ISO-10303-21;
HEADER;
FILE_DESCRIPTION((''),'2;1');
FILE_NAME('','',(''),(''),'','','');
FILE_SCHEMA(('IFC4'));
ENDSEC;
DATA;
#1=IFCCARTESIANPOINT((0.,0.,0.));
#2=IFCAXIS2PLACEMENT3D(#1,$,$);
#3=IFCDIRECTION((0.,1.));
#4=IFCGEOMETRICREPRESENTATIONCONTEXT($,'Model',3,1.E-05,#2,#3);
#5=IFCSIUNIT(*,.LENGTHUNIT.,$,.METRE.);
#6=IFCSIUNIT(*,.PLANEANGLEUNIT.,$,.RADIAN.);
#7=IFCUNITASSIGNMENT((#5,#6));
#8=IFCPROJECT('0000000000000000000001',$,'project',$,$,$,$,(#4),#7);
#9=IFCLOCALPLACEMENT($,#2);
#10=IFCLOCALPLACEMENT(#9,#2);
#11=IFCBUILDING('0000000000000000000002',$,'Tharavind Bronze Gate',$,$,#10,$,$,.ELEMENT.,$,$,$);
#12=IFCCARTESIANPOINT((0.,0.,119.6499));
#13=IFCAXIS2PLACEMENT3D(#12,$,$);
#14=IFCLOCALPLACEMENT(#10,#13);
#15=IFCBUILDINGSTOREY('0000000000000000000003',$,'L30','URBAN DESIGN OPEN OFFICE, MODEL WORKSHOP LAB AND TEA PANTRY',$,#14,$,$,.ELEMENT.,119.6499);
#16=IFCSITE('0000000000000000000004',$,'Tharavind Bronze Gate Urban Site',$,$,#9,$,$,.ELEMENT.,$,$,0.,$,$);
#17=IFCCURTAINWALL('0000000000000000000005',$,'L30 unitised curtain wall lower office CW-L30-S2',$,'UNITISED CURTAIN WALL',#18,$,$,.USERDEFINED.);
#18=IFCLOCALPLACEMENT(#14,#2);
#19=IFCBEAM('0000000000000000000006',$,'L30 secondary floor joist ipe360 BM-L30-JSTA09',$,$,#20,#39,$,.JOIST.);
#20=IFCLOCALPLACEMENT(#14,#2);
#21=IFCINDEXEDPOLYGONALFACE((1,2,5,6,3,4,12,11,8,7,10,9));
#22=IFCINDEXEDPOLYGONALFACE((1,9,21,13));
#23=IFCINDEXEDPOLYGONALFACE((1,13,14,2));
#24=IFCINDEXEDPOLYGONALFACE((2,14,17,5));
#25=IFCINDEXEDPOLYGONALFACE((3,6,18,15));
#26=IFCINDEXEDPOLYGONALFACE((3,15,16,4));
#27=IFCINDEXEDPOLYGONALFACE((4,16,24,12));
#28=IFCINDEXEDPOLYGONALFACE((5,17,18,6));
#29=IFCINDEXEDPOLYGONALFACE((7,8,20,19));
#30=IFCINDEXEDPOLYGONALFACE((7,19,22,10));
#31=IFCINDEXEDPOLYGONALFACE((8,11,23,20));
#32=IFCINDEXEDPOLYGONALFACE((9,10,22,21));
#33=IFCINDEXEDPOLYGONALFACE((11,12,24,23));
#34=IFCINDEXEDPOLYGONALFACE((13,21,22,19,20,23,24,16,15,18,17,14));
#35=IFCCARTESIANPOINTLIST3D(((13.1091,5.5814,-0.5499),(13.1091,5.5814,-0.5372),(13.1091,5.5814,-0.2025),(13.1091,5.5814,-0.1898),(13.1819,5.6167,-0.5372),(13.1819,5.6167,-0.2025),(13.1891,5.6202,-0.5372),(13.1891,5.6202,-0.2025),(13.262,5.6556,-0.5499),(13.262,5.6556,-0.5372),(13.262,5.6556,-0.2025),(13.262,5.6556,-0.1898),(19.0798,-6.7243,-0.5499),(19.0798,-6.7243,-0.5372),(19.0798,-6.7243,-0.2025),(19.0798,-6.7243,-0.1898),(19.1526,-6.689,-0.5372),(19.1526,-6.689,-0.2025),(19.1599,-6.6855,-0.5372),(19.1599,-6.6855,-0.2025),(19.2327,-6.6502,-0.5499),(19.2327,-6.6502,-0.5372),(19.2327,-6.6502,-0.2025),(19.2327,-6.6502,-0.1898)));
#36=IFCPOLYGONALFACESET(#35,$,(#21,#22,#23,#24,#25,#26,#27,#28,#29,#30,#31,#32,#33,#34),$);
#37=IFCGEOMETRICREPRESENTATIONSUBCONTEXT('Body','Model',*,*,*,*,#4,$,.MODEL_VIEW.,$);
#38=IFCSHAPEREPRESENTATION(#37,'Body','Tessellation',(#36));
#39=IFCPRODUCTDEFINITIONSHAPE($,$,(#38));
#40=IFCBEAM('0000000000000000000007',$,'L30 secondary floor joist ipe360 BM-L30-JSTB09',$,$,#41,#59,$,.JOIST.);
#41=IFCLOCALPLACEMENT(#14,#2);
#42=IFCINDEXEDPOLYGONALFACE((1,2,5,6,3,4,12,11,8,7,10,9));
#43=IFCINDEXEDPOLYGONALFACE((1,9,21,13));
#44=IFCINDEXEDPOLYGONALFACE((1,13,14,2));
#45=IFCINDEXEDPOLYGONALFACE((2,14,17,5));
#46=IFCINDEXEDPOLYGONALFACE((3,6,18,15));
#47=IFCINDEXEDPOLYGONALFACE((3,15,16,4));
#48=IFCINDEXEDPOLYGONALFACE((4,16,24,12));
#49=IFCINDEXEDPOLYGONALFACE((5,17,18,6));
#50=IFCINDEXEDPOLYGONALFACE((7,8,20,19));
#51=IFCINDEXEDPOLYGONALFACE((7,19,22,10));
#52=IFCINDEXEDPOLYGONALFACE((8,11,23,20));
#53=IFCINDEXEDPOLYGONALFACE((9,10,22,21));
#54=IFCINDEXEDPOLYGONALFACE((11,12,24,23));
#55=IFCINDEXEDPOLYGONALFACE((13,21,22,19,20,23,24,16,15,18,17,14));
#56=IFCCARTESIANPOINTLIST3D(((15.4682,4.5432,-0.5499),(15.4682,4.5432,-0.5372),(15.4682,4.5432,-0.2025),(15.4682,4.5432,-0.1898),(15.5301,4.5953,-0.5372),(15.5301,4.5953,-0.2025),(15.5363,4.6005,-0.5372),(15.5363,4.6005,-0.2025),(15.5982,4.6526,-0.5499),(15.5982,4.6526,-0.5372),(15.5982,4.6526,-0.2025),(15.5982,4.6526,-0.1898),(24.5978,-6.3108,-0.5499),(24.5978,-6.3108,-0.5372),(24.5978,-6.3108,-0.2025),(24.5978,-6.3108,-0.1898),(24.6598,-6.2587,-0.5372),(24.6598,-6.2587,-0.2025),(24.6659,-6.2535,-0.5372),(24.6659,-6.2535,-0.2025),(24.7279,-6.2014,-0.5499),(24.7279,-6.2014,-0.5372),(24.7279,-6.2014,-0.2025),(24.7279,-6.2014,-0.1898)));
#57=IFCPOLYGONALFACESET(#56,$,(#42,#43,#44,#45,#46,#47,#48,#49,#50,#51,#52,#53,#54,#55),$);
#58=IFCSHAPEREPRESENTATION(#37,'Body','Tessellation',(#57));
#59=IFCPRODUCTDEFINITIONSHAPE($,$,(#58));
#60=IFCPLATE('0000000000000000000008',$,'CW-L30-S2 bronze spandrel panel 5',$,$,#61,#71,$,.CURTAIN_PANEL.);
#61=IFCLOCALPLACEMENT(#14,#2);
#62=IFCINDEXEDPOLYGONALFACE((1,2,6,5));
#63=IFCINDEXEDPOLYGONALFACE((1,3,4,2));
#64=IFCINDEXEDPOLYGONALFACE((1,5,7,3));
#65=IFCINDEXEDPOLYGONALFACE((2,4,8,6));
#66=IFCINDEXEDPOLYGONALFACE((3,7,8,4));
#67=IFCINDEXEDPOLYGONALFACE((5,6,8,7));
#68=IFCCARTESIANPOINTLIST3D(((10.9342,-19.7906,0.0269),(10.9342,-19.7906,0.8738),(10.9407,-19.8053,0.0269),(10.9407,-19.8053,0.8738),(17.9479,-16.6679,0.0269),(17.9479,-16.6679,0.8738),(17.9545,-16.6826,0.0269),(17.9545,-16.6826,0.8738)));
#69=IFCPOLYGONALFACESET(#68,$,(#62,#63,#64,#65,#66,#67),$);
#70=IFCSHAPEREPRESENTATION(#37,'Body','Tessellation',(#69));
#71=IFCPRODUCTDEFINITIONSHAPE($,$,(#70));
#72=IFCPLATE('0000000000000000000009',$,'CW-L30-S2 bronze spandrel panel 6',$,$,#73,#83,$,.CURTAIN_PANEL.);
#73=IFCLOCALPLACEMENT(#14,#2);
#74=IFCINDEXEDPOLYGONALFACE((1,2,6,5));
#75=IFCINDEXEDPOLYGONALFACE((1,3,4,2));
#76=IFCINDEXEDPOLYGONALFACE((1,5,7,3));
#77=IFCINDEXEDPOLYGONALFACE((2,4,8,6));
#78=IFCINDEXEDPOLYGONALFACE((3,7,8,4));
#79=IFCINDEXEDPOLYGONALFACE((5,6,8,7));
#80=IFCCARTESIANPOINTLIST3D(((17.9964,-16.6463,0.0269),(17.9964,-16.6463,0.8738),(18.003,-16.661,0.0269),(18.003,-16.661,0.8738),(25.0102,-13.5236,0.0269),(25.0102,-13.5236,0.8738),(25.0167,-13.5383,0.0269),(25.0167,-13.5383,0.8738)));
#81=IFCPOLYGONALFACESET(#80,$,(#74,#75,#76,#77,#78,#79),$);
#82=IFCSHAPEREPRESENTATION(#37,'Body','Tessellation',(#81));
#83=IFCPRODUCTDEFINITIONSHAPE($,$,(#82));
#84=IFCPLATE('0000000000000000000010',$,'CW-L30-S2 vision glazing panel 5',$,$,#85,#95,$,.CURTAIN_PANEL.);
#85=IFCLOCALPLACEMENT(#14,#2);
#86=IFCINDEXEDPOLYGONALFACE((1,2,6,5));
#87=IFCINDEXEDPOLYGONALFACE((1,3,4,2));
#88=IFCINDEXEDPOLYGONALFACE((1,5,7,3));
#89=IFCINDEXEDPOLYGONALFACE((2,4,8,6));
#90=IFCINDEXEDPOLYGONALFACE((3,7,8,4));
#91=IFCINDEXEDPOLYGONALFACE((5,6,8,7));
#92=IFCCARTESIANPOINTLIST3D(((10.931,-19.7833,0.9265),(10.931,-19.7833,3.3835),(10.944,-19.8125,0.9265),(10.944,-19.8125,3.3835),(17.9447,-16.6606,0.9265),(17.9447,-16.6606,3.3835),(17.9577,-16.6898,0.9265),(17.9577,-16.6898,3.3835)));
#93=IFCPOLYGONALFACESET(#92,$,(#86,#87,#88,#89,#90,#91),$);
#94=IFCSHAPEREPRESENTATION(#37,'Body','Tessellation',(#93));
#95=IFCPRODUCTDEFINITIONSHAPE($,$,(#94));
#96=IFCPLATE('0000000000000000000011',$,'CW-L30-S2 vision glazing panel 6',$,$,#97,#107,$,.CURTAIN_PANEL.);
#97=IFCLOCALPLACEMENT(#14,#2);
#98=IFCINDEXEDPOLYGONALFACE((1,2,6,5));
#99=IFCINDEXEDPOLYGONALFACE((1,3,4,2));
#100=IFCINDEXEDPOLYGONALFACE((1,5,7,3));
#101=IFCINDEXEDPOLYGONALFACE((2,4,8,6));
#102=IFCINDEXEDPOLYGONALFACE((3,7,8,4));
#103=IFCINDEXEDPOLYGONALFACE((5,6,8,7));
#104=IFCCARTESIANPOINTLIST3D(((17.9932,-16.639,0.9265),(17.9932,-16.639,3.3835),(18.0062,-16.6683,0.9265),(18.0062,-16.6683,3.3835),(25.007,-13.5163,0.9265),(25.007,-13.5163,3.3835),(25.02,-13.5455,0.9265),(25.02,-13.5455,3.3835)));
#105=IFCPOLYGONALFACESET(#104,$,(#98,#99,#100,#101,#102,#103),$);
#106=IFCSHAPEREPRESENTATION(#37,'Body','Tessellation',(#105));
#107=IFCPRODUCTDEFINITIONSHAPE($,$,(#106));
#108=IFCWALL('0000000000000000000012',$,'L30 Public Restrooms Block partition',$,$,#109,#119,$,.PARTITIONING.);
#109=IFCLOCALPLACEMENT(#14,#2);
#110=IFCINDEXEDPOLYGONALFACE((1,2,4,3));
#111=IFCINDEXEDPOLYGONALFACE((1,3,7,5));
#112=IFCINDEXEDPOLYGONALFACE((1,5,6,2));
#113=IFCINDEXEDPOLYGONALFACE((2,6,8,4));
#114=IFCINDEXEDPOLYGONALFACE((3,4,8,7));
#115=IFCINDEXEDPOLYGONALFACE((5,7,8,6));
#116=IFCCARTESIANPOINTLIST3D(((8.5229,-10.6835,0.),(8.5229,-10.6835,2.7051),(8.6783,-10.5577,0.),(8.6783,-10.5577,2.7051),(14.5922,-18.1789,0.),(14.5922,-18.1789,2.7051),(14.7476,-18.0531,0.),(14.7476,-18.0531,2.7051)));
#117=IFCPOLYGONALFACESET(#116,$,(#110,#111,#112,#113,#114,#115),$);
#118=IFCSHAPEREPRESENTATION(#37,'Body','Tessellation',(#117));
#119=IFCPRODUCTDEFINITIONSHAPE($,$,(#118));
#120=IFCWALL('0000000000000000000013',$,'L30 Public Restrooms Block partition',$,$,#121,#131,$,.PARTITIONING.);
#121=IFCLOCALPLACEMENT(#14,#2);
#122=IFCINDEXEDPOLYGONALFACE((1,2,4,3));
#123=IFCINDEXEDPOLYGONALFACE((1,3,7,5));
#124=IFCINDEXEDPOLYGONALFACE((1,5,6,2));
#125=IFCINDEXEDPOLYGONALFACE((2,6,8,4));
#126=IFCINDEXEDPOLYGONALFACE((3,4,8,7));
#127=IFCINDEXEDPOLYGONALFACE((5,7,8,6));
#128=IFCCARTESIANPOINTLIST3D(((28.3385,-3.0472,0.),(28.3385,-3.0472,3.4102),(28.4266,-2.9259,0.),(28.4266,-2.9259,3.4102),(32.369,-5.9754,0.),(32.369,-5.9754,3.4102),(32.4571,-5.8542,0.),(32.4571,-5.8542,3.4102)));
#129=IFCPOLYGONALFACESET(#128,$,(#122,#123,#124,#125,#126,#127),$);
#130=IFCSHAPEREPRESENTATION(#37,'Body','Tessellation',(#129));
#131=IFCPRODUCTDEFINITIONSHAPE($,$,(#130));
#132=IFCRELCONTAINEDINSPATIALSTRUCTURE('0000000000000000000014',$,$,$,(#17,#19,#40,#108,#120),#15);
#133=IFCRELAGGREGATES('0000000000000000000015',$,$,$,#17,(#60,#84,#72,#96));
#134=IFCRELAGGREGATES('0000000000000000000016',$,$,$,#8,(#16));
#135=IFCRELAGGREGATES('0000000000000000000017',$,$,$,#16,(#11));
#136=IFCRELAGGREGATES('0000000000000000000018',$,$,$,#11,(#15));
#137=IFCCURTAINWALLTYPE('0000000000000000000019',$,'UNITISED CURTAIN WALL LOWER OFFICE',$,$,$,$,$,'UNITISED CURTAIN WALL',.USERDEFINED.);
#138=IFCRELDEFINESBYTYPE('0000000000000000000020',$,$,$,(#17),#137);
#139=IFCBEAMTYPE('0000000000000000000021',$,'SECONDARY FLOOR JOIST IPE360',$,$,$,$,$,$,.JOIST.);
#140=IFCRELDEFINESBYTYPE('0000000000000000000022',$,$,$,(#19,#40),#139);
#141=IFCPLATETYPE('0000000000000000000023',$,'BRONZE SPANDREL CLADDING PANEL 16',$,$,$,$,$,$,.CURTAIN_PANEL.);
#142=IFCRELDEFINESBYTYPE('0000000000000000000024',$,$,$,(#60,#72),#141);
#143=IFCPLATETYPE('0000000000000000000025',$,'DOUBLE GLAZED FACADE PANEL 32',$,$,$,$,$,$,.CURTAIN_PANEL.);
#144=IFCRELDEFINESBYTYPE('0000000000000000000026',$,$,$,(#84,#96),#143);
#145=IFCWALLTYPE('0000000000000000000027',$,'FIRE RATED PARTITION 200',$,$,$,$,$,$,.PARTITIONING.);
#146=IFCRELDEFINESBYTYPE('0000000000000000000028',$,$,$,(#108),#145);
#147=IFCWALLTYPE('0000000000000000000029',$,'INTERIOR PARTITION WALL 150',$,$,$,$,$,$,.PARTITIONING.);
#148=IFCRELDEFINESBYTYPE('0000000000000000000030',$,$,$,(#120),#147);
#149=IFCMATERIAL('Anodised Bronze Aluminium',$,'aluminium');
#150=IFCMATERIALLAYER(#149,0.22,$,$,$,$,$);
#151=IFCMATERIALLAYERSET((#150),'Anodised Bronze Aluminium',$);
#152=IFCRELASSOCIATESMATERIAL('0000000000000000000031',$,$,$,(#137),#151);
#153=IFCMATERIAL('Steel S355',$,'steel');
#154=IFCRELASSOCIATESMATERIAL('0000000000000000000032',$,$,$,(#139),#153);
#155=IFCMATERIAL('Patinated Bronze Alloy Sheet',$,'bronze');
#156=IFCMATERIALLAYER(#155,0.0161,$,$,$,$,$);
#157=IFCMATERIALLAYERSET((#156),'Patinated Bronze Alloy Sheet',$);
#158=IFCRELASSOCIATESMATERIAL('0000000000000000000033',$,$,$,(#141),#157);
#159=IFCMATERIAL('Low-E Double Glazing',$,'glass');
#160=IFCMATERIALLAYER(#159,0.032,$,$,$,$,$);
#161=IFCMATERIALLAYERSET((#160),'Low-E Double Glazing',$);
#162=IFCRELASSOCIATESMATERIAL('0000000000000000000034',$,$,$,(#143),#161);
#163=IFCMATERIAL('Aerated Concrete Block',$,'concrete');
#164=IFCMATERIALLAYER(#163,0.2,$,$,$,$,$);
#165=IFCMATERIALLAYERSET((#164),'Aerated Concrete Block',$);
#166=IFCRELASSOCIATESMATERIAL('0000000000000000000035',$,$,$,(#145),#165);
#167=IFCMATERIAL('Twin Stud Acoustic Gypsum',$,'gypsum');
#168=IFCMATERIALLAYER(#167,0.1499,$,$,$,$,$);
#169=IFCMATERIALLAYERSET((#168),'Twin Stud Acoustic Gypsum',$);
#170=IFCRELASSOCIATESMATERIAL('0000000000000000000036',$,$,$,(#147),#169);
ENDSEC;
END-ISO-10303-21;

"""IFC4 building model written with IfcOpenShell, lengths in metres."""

from ifc_helpers import new_model, si_unit, direction, frame, frame_2d, origin, origin_2d, place, context, subcontext, project, spatial, rectangle, i_section, extrude, material, layer, layer_set, material_profile, profile_set, type_object, element, aggregate, save


model = new_model("IFC4")

# Units and contexts
model_context = context("Model", 3, precision=1e-05, world=origin(), true_north=direction((0.0, 1.0)))
body_context = subcontext(model_context, "Body", "Model", "MODEL_VIEW")
ifc_project = project(units=[si_unit("LENGTHUNIT", "METRE"), si_unit("PLANEANGLEUNIT", "RADIAN")], contexts=[model_context])

# Site, building, storey
site_placement = place(None, origin())
site = spatial("IfcSite", under=ifc_project, at=site_placement, Name="Tharavind Bronze Gate Urban Site", CompositionType="ELEMENT", RefElevation=0.0)
building_placement = place(site_placement, origin())
building = spatial("IfcBuilding", under=site, at=building_placement, Name="Tharavind Bronze Gate", CompositionType="ELEMENT")
storey_placement = place(building_placement, frame((0.0, 0.0, 119.6499)))
storey = spatial("IfcBuildingStorey", under=building, at=storey_placement, Name="L30", Description="URBAN DESIGN OPEN OFFICE, MODEL WORKSHOP LAB AND TEA PANTRY", CompositionType="ELEMENT", Elevation=119.6499)

# Curtain wall
ifc_material_1 = material(Name="Anodised Bronze Aluminium", Category="aluminium")
ifc_layer_1 = layer(ifc_material_1, 0.22)
ifc_layer_set_1 = layer_set([ifc_layer_1], Name="Anodised Bronze Aluminium")
curtain_wall_type = type_object("IfcCurtainWallType", Name="UNITISED CURTAIN WALL LOWER OFFICE", ElementType="UNITISED CURTAIN WALL", PredefinedType="USERDEFINED", material=ifc_layer_set_1)
curtain_wall_1_placement = place(storey_placement, origin())
curtain_wall_1 = element("IfcCurtainWall", 1, at=curtain_wall_1_placement, inside=storey, type_object=curtain_wall_type, Name="L30 unitised curtain wall lower office CW-L30-S2", ObjectType="UNITISED CURTAIN WALL", PredefinedType="USERDEFINED")

# Beams
ifc_material_2 = material(Name="Steel S355", Category="steel")
ifc_material_profile_1 = material_profile(ifc_material_2, i_section(OverallWidth=0.1699, OverallDepth=0.3601, WebThickness=0.0081, FlangeThickness=0.0127, at=origin_2d()), Name="IPE360")
ifc_profile_set_1 = profile_set([ifc_material_profile_1], Name="Steel S355")
beam_type_1 = type_object("IfcBeamType", Name="SECONDARY FLOOR JOIST IPE360", PredefinedType="JOIST", material=ifc_profile_set_1)
beam_1_placement = place(storey_placement, frame((19.1562, -6.6873, -0.3699), z_axis=(-0.436529, 0.89969, 0.0), x_axis=(-0.89969, -0.436529, 0.0)))
element("IfcBeam", 2, at=beam_1_placement, inside=storey, type_object=beam_type_1, Name="L30 secondary floor joist ipe360 BM-L30-JSTA09", PredefinedType="JOIST", context=body_context, shape_type="SweptSolid", body=[
    extrude(i_section(OverallWidth=0.1699, OverallDepth=0.3601, WebThickness=0.0081, FlangeThickness=0.0127, at=origin_2d()), origin(), (0.0, 0.0, 1.0), 13.6777),
])
beam_2_placement = place(storey_placement, frame((24.6628, -6.2561, -0.3699), z_axis=(-0.643699, 0.765278, 0.0), x_axis=(-0.765278, -0.643699, 0.0)))
element("IfcBeam", 3, at=beam_2_placement, inside=storey, type_object=beam_type_1, Name="L30 secondary floor joist ipe360 BM-L30-JSTB09", PredefinedType="JOIST", context=body_context, shape_type="SweptSolid", body=[
    extrude(i_section(OverallWidth=0.1699, OverallDepth=0.3601, WebThickness=0.0081, FlangeThickness=0.0127, at=origin_2d()), origin(), (0.0, 0.0, 1.0), 14.1831),
])

# Plates
ifc_material_3 = material(Name="Patinated Bronze Alloy Sheet", Category="bronze")
ifc_layer_2 = layer(ifc_material_3, 0.0161)
ifc_layer_set_2 = layer_set([ifc_layer_2], Name="Patinated Bronze Alloy Sheet")
plate_type_1 = type_object("IfcPlateType", Name="BRONZE SPANDREL CLADDING PANEL 16", PredefinedType="CURTAIN_PANEL", material=ifc_layer_set_2)
plate_1_placement = place(storey_placement, frame((14.4443, -18.2366, 0.0269), z_axis=(0.0, 0.0, 1.0), x_axis=(0.913545, 0.406737, 0.0)))
plate_1 = element("IfcPlate", 4, at=plate_1_placement, type_object=plate_type_1, Name="CW-L30-S2 bronze spandrel panel 5", PredefinedType="CURTAIN_PANEL", context=body_context, shape_type="SweptSolid", body=[
    extrude(rectangle(XDim=7.6775, YDim=0.0161, at=origin_2d()), origin(), (0.0, 0.0, 1.0), 0.8469),
])
plate_2_placement = place(storey_placement, frame((21.5066, -15.0923, 0.0269), z_axis=(0.0, 0.0, 1.0), x_axis=(0.913545, 0.406737, 0.0)))
plate_2 = element("IfcPlate", 5, at=plate_2_placement, type_object=plate_type_1, Name="CW-L30-S2 bronze spandrel panel 6", PredefinedType="CURTAIN_PANEL", context=body_context, shape_type="SweptSolid", body=[
    extrude(rectangle(XDim=7.6775, YDim=0.0161, at=origin_2d()), origin(), (0.0, 0.0, 1.0), 0.8469),
])
ifc_material_4 = material(Name="Low-E Double Glazing", Category="glass")
ifc_layer_3 = layer(ifc_material_4, 0.032)
ifc_layer_set_3 = layer_set([ifc_layer_3], Name="Low-E Double Glazing")
plate_type_2 = type_object("IfcPlateType", Name="DOUBLE GLAZED FACADE PANEL 32", PredefinedType="CURTAIN_PANEL", material=ifc_layer_set_3)
plate_3_placement = place(storey_placement, frame((14.4443, -18.2366, 0.9265), z_axis=(0.0, 0.0, 1.0), x_axis=(0.913545, 0.406737, 0.0)))
plate_3 = element("IfcPlate", 6, at=plate_3_placement, type_object=plate_type_2, Name="CW-L30-S2 vision glazing panel 5", PredefinedType="CURTAIN_PANEL", context=body_context, shape_type="SweptSolid", body=[
    extrude(rectangle(XDim=7.6775, YDim=0.032, at=origin_2d()), origin(), (0.0, 0.0, 1.0), 2.457),
])
plate_4_placement = place(storey_placement, frame((21.5066, -15.0923, 0.9265), z_axis=(0.0, 0.0, 1.0), x_axis=(0.913545, 0.406737, 0.0)))
plate_4 = element("IfcPlate", 7, at=plate_4_placement, type_object=plate_type_2, Name="CW-L30-S2 vision glazing panel 6", PredefinedType="CURTAIN_PANEL", context=body_context, shape_type="SweptSolid", body=[
    extrude(rectangle(XDim=7.6775, YDim=0.032, at=origin_2d()), origin(), (0.0, 0.0, 1.0), 2.457),
])
aggregate(curtain_wall_1, [plate_1, plate_3, plate_2, plate_4])

# Walls
ifc_material_5 = material(Name="Aerated Concrete Block", Category="concrete")
ifc_layer_4 = layer(ifc_material_5, 0.2)
ifc_layer_set_4 = layer_set([ifc_layer_4], Name="Aerated Concrete Block")
wall_type_1 = type_object("IfcWallType", Name="FIRE RATED PARTITION 200", PredefinedType="PARTITIONING", material=ifc_layer_set_4)
wall_1_placement = place(storey_placement, frame((14.6699, -18.116, 0.0), z_axis=(0.0, 0.0, 1.0), x_axis=(-0.629302, 0.777161, 0.0)))
element("IfcWall", 8, at=wall_1_placement, inside=storey, type_object=wall_type_1, Name="L30 Public Restrooms Block partition", PredefinedType="PARTITIONING", context=body_context, shape_type="SweptSolid", body=[
    extrude(rectangle(XDim=9.6445, YDim=0.2, at=frame_2d((4.8223, 0.0))), origin(), (0.0, 0.0, 1.0), 2.7051),
])
ifc_material_6 = material(Name="Twin Stud Acoustic Gypsum", Category="gypsum")
ifc_layer_5 = layer(ifc_material_6, 0.1499)
ifc_layer_set_5 = layer_set([ifc_layer_5], Name="Twin Stud Acoustic Gypsum")
wall_type_2 = type_object("IfcWallType", Name="INTERIOR PARTITION WALL 150", PredefinedType="PARTITIONING", material=ifc_layer_set_5)
wall_2_placement = place(storey_placement, frame((28.3826, -2.9866, 0.0), z_axis=(0.0, 0.0, 1.0), x_axis=(0.809028, -0.58777, 0.0)))
element("IfcWall", 9, at=wall_2_placement, inside=storey, type_object=wall_type_2, Name="L30 Public Restrooms Block partition", PredefinedType="PARTITIONING", context=body_context, shape_type="SweptSolid", body=[
    extrude(rectangle(XDim=4.9819, YDim=0.1499, at=frame_2d((2.491, 0.0))), origin(), (0.0, 0.0, 1.0), 3.4102),
])

save(model, "model.ifc")
